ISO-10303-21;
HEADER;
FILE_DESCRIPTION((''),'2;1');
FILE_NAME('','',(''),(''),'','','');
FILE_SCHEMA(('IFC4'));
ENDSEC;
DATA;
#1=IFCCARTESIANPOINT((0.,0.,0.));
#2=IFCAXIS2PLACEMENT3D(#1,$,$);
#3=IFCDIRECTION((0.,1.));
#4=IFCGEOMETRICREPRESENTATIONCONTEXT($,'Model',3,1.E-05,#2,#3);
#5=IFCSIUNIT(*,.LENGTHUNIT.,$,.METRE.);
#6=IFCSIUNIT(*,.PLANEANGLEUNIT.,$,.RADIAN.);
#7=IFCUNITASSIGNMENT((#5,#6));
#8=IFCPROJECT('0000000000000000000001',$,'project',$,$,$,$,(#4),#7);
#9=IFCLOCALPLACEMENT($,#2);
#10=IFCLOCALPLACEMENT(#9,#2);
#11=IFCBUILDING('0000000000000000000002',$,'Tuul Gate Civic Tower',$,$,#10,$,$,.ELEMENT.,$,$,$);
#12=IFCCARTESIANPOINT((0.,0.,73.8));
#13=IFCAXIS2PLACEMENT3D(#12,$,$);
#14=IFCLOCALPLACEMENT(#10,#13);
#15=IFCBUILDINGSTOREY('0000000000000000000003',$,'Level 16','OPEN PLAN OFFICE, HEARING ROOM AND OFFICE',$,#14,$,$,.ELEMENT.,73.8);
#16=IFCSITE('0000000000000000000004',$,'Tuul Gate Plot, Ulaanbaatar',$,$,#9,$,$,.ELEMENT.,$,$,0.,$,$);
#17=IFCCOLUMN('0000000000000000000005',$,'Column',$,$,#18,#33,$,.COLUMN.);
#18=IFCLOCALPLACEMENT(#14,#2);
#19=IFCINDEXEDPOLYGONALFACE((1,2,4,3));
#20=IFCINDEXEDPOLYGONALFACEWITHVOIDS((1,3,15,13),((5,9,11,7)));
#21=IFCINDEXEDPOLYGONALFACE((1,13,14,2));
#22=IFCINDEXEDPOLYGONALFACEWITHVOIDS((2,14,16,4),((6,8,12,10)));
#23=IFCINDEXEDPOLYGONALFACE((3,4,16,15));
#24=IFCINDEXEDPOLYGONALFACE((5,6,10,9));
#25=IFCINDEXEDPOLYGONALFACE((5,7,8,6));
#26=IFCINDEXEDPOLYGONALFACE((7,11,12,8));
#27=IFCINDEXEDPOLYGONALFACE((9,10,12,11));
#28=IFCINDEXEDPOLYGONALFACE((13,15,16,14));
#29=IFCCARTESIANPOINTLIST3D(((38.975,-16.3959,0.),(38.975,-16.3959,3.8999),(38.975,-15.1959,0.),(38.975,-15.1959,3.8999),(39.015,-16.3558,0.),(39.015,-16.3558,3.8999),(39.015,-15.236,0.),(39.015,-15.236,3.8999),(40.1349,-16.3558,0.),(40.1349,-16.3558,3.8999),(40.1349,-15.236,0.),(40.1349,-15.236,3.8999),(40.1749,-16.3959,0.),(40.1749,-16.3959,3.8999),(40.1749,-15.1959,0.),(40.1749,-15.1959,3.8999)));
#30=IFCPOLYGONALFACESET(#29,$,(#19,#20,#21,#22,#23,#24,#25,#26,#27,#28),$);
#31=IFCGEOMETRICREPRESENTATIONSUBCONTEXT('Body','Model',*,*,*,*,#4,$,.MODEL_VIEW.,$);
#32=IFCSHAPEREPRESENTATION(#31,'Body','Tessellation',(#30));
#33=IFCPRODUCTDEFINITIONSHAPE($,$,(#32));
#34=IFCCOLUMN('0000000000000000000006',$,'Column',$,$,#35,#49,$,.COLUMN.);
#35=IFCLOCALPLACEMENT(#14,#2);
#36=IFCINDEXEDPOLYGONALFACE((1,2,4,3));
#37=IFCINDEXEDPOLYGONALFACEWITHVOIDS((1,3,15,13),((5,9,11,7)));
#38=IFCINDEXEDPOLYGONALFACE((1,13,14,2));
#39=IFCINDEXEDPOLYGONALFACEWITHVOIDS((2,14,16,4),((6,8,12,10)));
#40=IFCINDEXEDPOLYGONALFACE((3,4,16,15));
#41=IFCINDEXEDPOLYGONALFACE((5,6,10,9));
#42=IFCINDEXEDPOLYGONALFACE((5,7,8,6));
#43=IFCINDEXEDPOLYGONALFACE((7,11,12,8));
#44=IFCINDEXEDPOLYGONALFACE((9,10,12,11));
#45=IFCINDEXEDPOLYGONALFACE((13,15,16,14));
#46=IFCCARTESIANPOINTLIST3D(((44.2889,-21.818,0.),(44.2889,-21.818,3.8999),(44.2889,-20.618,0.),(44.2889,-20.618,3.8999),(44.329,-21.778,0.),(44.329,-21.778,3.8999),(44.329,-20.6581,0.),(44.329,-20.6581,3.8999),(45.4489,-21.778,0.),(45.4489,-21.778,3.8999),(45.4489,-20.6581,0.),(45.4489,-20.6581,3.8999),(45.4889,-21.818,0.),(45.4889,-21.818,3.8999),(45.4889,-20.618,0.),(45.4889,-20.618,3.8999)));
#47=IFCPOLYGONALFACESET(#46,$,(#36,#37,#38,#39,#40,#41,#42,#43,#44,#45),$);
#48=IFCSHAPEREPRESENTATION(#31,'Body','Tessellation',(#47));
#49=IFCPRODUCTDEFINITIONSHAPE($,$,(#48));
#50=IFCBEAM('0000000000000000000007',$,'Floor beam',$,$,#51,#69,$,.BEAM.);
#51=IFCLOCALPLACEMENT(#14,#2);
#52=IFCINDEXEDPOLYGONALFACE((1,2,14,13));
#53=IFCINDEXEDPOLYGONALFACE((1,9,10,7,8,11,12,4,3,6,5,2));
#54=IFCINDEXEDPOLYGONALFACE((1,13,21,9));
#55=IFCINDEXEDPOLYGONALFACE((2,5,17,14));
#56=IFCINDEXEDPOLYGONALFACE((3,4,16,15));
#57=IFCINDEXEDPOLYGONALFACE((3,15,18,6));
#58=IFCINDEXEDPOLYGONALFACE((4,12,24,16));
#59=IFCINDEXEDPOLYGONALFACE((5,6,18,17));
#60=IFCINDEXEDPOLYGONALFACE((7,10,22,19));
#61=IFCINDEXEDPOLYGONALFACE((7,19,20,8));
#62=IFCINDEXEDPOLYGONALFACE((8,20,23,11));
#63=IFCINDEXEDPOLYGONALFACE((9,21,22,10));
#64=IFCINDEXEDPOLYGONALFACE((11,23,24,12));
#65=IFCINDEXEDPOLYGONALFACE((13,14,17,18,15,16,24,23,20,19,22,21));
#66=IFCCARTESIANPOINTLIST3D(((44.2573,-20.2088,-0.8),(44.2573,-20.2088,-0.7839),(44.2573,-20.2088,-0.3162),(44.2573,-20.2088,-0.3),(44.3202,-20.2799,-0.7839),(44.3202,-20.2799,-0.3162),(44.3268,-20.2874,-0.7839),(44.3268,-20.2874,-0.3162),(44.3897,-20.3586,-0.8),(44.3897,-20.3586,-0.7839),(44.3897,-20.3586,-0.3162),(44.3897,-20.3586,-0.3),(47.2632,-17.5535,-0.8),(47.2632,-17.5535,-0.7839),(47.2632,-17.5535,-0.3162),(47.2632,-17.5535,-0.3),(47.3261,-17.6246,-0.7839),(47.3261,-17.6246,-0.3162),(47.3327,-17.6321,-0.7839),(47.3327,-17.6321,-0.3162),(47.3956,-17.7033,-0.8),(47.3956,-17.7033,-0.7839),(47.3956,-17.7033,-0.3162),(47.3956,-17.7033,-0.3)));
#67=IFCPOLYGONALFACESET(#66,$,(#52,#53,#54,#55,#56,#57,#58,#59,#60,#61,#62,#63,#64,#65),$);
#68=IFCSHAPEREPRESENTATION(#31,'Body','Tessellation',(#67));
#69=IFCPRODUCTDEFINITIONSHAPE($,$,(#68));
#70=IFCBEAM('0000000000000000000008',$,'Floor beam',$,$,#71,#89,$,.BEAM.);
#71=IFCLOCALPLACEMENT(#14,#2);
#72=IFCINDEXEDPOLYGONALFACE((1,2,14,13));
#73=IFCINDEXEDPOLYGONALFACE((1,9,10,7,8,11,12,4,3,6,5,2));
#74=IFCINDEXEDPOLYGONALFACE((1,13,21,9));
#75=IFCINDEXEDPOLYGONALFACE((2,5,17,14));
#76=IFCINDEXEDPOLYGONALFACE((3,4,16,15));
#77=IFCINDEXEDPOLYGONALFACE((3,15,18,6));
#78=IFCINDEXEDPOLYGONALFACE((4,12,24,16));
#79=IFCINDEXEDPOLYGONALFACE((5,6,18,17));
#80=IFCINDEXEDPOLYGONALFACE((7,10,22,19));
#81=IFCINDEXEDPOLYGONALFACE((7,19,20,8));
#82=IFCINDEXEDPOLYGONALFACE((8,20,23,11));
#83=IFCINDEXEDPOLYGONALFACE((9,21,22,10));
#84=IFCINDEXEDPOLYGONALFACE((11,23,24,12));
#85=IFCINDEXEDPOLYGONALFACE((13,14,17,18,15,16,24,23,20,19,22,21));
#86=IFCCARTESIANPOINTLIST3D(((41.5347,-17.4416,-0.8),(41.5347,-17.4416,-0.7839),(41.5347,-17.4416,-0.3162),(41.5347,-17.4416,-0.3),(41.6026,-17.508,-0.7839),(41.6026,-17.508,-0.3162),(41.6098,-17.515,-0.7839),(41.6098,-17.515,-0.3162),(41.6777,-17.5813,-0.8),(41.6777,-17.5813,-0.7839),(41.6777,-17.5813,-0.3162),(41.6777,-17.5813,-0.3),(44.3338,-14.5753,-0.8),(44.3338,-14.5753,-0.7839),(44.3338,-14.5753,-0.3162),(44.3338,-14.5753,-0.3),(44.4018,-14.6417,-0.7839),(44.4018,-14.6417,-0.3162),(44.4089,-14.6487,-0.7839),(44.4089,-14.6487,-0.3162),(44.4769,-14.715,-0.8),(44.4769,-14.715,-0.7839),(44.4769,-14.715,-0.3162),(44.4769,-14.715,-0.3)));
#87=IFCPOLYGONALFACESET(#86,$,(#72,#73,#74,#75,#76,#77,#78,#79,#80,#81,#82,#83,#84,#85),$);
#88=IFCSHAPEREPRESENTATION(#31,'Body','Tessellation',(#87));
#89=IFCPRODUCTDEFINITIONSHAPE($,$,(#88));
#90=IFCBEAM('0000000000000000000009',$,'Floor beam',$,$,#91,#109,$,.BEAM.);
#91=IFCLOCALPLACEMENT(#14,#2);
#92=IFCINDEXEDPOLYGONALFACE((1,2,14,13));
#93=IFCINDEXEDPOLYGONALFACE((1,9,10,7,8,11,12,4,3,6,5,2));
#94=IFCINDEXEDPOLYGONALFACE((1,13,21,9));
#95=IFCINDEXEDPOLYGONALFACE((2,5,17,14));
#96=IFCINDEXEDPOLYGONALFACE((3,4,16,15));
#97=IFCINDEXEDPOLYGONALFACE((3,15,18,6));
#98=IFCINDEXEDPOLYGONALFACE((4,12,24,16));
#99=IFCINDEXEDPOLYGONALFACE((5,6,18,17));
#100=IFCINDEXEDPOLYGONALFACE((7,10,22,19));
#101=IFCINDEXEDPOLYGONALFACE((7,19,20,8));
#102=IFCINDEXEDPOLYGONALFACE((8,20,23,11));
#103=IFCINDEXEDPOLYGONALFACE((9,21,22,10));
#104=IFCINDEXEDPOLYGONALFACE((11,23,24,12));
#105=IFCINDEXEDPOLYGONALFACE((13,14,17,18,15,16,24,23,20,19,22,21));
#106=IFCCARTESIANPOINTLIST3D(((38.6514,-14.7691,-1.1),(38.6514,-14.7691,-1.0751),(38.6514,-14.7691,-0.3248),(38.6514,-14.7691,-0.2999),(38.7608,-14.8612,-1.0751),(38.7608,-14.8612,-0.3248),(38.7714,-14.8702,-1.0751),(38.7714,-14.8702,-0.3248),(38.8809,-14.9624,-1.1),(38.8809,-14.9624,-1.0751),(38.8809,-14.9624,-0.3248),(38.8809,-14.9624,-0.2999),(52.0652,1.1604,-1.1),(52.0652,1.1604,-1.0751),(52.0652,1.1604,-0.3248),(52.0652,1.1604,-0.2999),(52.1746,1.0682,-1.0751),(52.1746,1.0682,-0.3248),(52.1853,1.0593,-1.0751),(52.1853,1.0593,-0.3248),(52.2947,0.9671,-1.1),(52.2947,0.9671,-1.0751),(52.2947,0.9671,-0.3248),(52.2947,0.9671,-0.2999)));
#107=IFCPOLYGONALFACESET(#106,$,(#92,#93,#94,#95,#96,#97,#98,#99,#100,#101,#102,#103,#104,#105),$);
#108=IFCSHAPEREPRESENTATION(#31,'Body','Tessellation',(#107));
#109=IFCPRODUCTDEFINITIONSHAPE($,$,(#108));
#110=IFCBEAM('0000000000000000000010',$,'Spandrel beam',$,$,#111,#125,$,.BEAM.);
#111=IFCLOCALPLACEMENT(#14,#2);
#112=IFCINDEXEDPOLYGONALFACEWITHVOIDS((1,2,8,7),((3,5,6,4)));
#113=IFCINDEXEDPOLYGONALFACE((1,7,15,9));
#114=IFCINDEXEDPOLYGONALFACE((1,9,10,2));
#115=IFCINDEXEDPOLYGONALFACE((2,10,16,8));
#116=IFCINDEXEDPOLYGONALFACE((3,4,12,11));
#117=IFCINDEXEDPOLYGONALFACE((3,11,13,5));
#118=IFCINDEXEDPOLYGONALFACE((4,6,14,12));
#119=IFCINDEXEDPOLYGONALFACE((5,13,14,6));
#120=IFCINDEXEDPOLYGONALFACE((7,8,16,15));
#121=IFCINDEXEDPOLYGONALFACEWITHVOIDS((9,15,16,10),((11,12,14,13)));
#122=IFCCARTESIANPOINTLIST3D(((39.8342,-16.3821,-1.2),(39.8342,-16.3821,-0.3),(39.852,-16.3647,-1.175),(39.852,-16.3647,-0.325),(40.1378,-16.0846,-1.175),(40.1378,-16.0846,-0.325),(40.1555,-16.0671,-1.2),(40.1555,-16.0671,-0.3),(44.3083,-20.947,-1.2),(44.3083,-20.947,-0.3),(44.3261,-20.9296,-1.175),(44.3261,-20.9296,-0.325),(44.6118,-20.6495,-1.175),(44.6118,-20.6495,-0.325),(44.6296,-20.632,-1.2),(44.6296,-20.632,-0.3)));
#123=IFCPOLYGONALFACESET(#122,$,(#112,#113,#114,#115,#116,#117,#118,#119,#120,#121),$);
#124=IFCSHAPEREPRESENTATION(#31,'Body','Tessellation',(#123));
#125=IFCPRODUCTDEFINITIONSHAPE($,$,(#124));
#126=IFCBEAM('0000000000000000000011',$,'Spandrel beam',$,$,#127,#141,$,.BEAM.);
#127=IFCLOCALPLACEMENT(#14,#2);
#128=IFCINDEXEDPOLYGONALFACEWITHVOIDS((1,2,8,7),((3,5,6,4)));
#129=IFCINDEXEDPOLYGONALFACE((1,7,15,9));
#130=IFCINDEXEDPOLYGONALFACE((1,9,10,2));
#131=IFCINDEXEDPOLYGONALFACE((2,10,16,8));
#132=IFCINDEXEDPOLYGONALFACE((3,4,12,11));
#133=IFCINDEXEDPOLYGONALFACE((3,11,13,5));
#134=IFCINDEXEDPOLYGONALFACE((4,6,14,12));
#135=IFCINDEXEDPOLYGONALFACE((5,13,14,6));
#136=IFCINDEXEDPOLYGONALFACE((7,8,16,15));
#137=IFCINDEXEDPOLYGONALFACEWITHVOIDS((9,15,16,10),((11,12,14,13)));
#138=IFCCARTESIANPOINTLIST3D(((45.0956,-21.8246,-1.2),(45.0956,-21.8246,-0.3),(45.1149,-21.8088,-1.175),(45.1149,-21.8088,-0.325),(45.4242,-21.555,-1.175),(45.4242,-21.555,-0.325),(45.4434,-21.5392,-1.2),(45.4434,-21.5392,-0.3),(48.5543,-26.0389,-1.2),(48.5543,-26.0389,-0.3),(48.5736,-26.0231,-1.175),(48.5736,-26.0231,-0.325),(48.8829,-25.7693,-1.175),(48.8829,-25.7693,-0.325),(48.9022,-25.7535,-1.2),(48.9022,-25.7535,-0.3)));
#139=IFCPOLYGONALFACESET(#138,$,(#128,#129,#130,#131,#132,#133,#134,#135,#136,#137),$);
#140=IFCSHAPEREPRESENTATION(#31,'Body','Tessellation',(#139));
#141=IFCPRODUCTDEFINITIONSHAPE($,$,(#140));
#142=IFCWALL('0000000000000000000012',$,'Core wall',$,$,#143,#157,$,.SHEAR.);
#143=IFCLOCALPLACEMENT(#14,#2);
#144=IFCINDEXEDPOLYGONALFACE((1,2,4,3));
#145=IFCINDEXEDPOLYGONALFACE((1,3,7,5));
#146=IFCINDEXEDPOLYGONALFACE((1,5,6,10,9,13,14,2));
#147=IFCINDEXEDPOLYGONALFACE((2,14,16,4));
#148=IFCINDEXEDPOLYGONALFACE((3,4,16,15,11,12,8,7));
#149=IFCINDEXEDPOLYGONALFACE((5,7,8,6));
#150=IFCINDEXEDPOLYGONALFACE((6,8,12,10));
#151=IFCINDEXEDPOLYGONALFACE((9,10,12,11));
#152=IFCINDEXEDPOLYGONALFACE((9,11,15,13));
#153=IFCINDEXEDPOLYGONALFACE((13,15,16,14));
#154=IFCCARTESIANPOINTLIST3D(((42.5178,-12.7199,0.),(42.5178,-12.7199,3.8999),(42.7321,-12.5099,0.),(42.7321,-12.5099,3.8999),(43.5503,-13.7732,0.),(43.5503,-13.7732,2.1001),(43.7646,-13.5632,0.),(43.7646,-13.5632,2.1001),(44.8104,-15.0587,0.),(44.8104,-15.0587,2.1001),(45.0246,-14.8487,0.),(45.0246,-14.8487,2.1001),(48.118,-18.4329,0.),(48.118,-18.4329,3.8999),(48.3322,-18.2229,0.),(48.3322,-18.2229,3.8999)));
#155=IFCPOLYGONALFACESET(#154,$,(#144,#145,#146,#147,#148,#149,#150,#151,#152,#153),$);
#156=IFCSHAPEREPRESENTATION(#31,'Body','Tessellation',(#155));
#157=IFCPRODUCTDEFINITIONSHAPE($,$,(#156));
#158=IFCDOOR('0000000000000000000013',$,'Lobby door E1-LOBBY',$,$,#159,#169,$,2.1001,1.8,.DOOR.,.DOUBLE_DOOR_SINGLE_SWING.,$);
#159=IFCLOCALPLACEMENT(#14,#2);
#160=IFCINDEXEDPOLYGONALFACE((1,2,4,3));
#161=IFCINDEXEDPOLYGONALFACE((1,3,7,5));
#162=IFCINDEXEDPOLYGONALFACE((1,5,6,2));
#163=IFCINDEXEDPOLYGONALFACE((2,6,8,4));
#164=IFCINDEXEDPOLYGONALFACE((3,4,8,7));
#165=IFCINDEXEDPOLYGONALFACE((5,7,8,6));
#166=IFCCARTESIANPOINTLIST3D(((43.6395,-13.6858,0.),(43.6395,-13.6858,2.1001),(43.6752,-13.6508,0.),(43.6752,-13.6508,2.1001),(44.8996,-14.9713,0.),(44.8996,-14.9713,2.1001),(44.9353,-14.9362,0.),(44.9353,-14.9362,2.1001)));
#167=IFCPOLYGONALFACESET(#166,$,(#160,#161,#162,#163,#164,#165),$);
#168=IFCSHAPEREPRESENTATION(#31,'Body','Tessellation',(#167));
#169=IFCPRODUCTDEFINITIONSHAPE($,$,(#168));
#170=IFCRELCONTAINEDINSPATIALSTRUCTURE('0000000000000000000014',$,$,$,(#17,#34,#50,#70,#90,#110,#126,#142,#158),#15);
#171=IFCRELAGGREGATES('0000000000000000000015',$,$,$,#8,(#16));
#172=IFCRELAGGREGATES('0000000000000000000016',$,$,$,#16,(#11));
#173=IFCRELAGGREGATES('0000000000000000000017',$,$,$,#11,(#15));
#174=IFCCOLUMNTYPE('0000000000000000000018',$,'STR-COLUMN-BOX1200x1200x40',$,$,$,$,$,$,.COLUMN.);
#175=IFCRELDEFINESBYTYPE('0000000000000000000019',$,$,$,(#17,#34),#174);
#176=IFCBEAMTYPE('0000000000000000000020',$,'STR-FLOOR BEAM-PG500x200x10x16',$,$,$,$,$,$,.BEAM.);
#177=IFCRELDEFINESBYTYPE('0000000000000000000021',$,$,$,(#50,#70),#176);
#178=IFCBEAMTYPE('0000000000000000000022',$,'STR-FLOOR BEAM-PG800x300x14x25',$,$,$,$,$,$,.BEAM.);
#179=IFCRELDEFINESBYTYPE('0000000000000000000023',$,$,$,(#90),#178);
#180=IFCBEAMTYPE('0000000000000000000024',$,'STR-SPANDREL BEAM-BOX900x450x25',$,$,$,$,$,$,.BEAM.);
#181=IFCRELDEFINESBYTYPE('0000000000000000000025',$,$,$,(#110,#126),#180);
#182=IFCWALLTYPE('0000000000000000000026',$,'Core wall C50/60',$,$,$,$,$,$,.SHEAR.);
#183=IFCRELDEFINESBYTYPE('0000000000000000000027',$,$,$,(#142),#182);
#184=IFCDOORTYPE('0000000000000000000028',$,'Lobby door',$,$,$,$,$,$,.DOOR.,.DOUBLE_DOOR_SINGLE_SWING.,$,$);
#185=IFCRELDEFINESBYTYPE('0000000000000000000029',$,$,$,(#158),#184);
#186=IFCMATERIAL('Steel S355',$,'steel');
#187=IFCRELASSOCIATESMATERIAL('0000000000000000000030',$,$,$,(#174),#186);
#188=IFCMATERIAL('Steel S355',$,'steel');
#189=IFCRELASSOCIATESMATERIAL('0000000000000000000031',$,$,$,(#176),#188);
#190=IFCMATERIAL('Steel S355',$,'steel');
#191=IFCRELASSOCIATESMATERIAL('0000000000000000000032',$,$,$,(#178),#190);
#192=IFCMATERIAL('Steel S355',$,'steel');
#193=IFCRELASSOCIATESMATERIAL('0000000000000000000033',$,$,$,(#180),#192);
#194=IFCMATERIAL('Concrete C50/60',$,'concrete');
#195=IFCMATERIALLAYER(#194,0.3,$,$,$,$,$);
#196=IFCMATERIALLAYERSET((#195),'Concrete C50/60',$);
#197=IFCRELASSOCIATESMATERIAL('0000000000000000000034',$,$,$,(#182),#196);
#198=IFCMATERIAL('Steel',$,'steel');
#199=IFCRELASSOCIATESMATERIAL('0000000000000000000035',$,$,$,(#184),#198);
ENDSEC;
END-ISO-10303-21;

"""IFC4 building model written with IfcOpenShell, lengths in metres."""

from ifc_helpers import new_model, si_unit, direction, frame, frame_2d, origin, origin_2d, place, context, subcontext, project, spatial, rectangle, hollow_rectangle, i_section, extrude, material, layer, layer_set, material_profile, profile_set, type_object, element, fill, save


model = new_model("IFC4")

# Units and contexts
model_context = context("Model", 3, precision=1e-05, world=origin(), true_north=direction((0.0, 1.0)))
body_context = subcontext(model_context, "Body", "Model", "MODEL_VIEW")
ifc_project = project(units=[si_unit("LENGTHUNIT", "METRE"), si_unit("PLANEANGLEUNIT", "RADIAN")], contexts=[model_context])

# Site, building, storey
site_placement = place(None, origin())
site = spatial("IfcSite", under=ifc_project, at=site_placement, Name="Tuul Gate Plot, Ulaanbaatar", CompositionType="ELEMENT", RefElevation=0.0)
building_placement = place(site_placement, origin())
building = spatial("IfcBuilding", under=site, at=building_placement, Name="Tuul Gate Civic Tower", CompositionType="ELEMENT")
storey_placement = place(building_placement, frame((0.0, 0.0, 73.8)))
storey = spatial("IfcBuildingStorey", under=building, at=storey_placement, Name="Level 16", Description="OPEN PLAN OFFICE, HEARING ROOM AND OFFICE", CompositionType="ELEMENT", Elevation=73.8)

# Columns
ifc_material_1 = material(Name="Steel S355", Category="steel")
ifc_material_profile_1 = material_profile(ifc_material_1, hollow_rectangle(XDim=1.2, YDim=1.2, WallThickness=0.04, at=origin_2d()), Name="BOX1200x1200x40")
ifc_profile_set_1 = profile_set([ifc_material_profile_1], Name="Steel S355")
column_type = type_object("IfcColumnType", Name="STR-COLUMN-BOX1200x1200x40", PredefinedType="COLUMN", material=ifc_profile_set_1)
for number, where, z_axis, x_axis, name in (
    (1, (39.575, -15.7959, 0.0), (0.0, 0.0, 1.0), (1.0, 0.0, 0.0), "Column"),
    (2, (44.8889, -21.218, 0.0), (0.0, 0.0, 1.0), (1.0, 0.0, 0.0), "Column"),
):
    element("IfcColumn", number, at=place(storey_placement, frame(where, z_axis=z_axis, x_axis=x_axis)), inside=storey, type_object=column_type, Name=name, PredefinedType="COLUMN", context=body_context, shape_type="SweptSolid", body=[
        extrude(hollow_rectangle(XDim=1.2, YDim=1.2, WallThickness=0.04, at=origin_2d()), origin(), (0.0, 0.0, 1.0), 3.8999),
    ])

# Beams
ifc_material_2 = material(Name="Steel S355", Category="steel")
ifc_material_profile_2 = material_profile(ifc_material_2, i_section(OverallWidth=0.2, OverallDepth=0.5, WebThickness=0.01, FlangeThickness=0.0161, at=origin_2d()), Name="PG500x200x10x16")
ifc_profile_set_2 = profile_set([ifc_material_profile_2], Name="Steel S355")
beam_type_1 = type_object("IfcBeamType", Name="STR-FLOOR BEAM-PG500x200x10x16", PredefinedType="BEAM", material=ifc_profile_set_2)
beam_1_placement = place(storey_placement, frame((44.3235, -20.2837, -0.55), z_axis=(0.749461, 0.662048, 0.0), x_axis=(-0.662048, 0.749461, 0.0)))
element("IfcBeam", 3, at=beam_1_placement, inside=storey, type_object=beam_type_1, Name="Floor beam", PredefinedType="BEAM", context=body_context, shape_type="SweptSolid", body=[
    extrude(i_section(OverallWidth=0.2, OverallDepth=0.5, WebThickness=0.01, FlangeThickness=0.0161, at=origin_2d()), origin(), (0.0, 0.0, 1.0), 4.0107),
])
beam_2_placement = place(storey_placement, frame((41.6062, -17.5115, -0.55), z_axis=(0.698678, 0.715436, 0.0), x_axis=(-0.715436, 0.698678, 0.0)))
element("IfcBeam", 4, at=beam_2_placement, inside=storey, type_object=beam_type_1, Name="Floor beam", PredefinedType="BEAM", context=body_context, shape_type="SweptSolid", body=[
    extrude(i_section(OverallWidth=0.2, OverallDepth=0.5, WebThickness=0.01, FlangeThickness=0.0161, at=origin_2d()), origin(), (0.0, 0.0, 1.0), 4.0063),
])
ifc_material_3 = material(Name="Steel S355", Category="steel")
ifc_material_profile_3 = material_profile(ifc_material_3, i_section(OverallWidth=0.3, OverallDepth=0.8, WebThickness=0.0139, FlangeThickness=0.0249, at=origin_2d()), Name="PG800x300x14x25")
ifc_profile_set_3 = profile_set([ifc_material_profile_3], Name="Steel S355")
beam_type_2 = type_object("IfcBeamType", Name="STR-FLOOR BEAM-PG800x300x14x25", PredefinedType="BEAM", material=ifc_profile_set_3)
beam_3_placement = place(storey_placement, frame((38.7661, -14.8657, -0.7), z_axis=(0.644123, 0.764922, 0.0), x_axis=(-0.764922, 0.644123, 0.0)))
element("IfcBeam", 5, at=beam_3_placement, inside=storey, type_object=beam_type_2, Name="Floor beam", PredefinedType="BEAM", context=body_context, shape_type="SweptSolid", body=[
    extrude(i_section(OverallWidth=0.3, OverallDepth=0.8, WebThickness=0.0139, FlangeThickness=0.0249, at=origin_2d()), origin(), (0.0, 0.0, 1.0), 20.825),
])
ifc_material_4 = material(Name="Steel S355", Category="steel")
ifc_material_profile_4 = material_profile(ifc_material_4, hollow_rectangle(XDim=0.45, YDim=0.8999, WallThickness=0.0249, at=origin_2d()), Name="BOX900x450x25")
ifc_profile_set_4 = profile_set([ifc_material_profile_4], Name="Steel S355")
beam_type_3 = type_object("IfcBeamType", Name="STR-SPANDREL BEAM-BOX900x450x25", PredefinedType="BEAM", material=ifc_profile_set_4)
beam_4_placement = place(storey_placement, frame((39.9949, -16.2246, -0.75), z_axis=(0.699967, -0.714175, 0.0), x_axis=(0.714175, 0.699967, 0.0)))
element("IfcBeam", 6, at=beam_4_placement, inside=storey, type_object=beam_type_3, Name="Spandrel beam", PredefinedType="BEAM", context=body_context, shape_type="SweptSolid", body=[
    extrude(hollow_rectangle(XDim=0.45, YDim=0.8999, WallThickness=0.0249, at=origin_2d()), origin(), (0.0, 0.0, 1.0), 6.3918),
])
beam_5_placement = place(storey_placement, frame((45.2695, -21.6819, -0.75), z_axis=(0.634405, -0.773001, 0.0), x_axis=(0.773001, 0.634405, 0.0)))
element("IfcBeam", 7, at=beam_5_placement, inside=storey, type_object=beam_type_3, Name="Spandrel beam", PredefinedType="BEAM", context=body_context, shape_type="SweptSolid", body=[
    extrude(hollow_rectangle(XDim=0.45, YDim=0.8999, WallThickness=0.0249, at=origin_2d()), origin(), (0.0, 0.0, 1.0), 5.4519),
])

# Wall, opening, door
ifc_material_5 = material(Name="Concrete C50/60", Category="concrete")
ifc_layer_1 = layer(ifc_material_5, 0.3)
ifc_layer_set_1 = layer_set([ifc_layer_1], Name="Concrete C50/60")
wall_type_1 = type_object("IfcWallType", Name="Core wall C50/60", PredefinedType="SHEAR", material=ifc_layer_set_1)
wall_1_placement = place(storey_placement, frame((48.2251, -18.3279, 0.0), z_axis=(0.0, 0.0, 1.0), x_axis=(-0.700022, 0.714121, 0.0)))
wall_1 = element("IfcWall", 8, at=wall_1_placement, inside=storey, type_object=wall_type_1, Name="Core wall", PredefinedType="SHEAR", context=body_context, shape_type="SweptSolid", body=[
    extrude(rectangle(XDim=8.0, YDim=0.3, at=frame_2d((4.0, 0.0))), origin(), (0.0, 0.0, 1.0), 3.8999),
])
opening_1_placement = place(wall_1_placement, frame((4.7251, 0.0, 0.0)))
opening_1 = element("IfcOpeningElement", 9, at=opening_1_placement, cuts=wall_1, PredefinedType="OPENING", context=body_context, shape_type="SweptSolid", body=[
    extrude(rectangle(XDim=1.8, YDim=2.1001, at=frame_2d((0.8999, 1.05))), frame((0.0, 0.1602, 0.0), z_axis=(0.0, -1.0, 0.0), x_axis=(1.0, 0.0, 0.0)), (0.0, 0.0, 1.0), 0.3201),
])
ifc_material_6 = material(Name="Steel", Category="steel")
door_type_1 = type_object("IfcDoorType", Name="Lobby door", OperationType="DOUBLE_DOOR_SINGLE_SWING", PredefinedType="DOOR", material=ifc_material_6)
door_1_placement = place(opening_1_placement, frame((1.8, 0.0, 0.0), z_axis=(0.0, 0.0, 1.0), x_axis=(-1.0, 0.0, 0.0)))
door_1 = element("IfcDoor", 10, at=door_1_placement, inside=storey, type_object=door_type_1, Name="Lobby door E1-LOBBY", OperationType="DOUBLE_DOOR_SINGLE_SWING", OverallHeight=2.1001, OverallWidth=1.8, PredefinedType="DOOR", context=body_context, shape_type="SweptSolid", body=[
    extrude(rectangle(XDim=1.8, YDim=2.1001, at=frame_2d((0.9001, 1.05))), frame((0.0, 0.0249, 0.0), z_axis=(0.0, -1.0, 0.0), x_axis=(1.0, 0.0, 0.0)), (0.0, 0.0, 1.0), 0.05),
])
fill(opening_1, door_1)

save(model, "model.ifc")
